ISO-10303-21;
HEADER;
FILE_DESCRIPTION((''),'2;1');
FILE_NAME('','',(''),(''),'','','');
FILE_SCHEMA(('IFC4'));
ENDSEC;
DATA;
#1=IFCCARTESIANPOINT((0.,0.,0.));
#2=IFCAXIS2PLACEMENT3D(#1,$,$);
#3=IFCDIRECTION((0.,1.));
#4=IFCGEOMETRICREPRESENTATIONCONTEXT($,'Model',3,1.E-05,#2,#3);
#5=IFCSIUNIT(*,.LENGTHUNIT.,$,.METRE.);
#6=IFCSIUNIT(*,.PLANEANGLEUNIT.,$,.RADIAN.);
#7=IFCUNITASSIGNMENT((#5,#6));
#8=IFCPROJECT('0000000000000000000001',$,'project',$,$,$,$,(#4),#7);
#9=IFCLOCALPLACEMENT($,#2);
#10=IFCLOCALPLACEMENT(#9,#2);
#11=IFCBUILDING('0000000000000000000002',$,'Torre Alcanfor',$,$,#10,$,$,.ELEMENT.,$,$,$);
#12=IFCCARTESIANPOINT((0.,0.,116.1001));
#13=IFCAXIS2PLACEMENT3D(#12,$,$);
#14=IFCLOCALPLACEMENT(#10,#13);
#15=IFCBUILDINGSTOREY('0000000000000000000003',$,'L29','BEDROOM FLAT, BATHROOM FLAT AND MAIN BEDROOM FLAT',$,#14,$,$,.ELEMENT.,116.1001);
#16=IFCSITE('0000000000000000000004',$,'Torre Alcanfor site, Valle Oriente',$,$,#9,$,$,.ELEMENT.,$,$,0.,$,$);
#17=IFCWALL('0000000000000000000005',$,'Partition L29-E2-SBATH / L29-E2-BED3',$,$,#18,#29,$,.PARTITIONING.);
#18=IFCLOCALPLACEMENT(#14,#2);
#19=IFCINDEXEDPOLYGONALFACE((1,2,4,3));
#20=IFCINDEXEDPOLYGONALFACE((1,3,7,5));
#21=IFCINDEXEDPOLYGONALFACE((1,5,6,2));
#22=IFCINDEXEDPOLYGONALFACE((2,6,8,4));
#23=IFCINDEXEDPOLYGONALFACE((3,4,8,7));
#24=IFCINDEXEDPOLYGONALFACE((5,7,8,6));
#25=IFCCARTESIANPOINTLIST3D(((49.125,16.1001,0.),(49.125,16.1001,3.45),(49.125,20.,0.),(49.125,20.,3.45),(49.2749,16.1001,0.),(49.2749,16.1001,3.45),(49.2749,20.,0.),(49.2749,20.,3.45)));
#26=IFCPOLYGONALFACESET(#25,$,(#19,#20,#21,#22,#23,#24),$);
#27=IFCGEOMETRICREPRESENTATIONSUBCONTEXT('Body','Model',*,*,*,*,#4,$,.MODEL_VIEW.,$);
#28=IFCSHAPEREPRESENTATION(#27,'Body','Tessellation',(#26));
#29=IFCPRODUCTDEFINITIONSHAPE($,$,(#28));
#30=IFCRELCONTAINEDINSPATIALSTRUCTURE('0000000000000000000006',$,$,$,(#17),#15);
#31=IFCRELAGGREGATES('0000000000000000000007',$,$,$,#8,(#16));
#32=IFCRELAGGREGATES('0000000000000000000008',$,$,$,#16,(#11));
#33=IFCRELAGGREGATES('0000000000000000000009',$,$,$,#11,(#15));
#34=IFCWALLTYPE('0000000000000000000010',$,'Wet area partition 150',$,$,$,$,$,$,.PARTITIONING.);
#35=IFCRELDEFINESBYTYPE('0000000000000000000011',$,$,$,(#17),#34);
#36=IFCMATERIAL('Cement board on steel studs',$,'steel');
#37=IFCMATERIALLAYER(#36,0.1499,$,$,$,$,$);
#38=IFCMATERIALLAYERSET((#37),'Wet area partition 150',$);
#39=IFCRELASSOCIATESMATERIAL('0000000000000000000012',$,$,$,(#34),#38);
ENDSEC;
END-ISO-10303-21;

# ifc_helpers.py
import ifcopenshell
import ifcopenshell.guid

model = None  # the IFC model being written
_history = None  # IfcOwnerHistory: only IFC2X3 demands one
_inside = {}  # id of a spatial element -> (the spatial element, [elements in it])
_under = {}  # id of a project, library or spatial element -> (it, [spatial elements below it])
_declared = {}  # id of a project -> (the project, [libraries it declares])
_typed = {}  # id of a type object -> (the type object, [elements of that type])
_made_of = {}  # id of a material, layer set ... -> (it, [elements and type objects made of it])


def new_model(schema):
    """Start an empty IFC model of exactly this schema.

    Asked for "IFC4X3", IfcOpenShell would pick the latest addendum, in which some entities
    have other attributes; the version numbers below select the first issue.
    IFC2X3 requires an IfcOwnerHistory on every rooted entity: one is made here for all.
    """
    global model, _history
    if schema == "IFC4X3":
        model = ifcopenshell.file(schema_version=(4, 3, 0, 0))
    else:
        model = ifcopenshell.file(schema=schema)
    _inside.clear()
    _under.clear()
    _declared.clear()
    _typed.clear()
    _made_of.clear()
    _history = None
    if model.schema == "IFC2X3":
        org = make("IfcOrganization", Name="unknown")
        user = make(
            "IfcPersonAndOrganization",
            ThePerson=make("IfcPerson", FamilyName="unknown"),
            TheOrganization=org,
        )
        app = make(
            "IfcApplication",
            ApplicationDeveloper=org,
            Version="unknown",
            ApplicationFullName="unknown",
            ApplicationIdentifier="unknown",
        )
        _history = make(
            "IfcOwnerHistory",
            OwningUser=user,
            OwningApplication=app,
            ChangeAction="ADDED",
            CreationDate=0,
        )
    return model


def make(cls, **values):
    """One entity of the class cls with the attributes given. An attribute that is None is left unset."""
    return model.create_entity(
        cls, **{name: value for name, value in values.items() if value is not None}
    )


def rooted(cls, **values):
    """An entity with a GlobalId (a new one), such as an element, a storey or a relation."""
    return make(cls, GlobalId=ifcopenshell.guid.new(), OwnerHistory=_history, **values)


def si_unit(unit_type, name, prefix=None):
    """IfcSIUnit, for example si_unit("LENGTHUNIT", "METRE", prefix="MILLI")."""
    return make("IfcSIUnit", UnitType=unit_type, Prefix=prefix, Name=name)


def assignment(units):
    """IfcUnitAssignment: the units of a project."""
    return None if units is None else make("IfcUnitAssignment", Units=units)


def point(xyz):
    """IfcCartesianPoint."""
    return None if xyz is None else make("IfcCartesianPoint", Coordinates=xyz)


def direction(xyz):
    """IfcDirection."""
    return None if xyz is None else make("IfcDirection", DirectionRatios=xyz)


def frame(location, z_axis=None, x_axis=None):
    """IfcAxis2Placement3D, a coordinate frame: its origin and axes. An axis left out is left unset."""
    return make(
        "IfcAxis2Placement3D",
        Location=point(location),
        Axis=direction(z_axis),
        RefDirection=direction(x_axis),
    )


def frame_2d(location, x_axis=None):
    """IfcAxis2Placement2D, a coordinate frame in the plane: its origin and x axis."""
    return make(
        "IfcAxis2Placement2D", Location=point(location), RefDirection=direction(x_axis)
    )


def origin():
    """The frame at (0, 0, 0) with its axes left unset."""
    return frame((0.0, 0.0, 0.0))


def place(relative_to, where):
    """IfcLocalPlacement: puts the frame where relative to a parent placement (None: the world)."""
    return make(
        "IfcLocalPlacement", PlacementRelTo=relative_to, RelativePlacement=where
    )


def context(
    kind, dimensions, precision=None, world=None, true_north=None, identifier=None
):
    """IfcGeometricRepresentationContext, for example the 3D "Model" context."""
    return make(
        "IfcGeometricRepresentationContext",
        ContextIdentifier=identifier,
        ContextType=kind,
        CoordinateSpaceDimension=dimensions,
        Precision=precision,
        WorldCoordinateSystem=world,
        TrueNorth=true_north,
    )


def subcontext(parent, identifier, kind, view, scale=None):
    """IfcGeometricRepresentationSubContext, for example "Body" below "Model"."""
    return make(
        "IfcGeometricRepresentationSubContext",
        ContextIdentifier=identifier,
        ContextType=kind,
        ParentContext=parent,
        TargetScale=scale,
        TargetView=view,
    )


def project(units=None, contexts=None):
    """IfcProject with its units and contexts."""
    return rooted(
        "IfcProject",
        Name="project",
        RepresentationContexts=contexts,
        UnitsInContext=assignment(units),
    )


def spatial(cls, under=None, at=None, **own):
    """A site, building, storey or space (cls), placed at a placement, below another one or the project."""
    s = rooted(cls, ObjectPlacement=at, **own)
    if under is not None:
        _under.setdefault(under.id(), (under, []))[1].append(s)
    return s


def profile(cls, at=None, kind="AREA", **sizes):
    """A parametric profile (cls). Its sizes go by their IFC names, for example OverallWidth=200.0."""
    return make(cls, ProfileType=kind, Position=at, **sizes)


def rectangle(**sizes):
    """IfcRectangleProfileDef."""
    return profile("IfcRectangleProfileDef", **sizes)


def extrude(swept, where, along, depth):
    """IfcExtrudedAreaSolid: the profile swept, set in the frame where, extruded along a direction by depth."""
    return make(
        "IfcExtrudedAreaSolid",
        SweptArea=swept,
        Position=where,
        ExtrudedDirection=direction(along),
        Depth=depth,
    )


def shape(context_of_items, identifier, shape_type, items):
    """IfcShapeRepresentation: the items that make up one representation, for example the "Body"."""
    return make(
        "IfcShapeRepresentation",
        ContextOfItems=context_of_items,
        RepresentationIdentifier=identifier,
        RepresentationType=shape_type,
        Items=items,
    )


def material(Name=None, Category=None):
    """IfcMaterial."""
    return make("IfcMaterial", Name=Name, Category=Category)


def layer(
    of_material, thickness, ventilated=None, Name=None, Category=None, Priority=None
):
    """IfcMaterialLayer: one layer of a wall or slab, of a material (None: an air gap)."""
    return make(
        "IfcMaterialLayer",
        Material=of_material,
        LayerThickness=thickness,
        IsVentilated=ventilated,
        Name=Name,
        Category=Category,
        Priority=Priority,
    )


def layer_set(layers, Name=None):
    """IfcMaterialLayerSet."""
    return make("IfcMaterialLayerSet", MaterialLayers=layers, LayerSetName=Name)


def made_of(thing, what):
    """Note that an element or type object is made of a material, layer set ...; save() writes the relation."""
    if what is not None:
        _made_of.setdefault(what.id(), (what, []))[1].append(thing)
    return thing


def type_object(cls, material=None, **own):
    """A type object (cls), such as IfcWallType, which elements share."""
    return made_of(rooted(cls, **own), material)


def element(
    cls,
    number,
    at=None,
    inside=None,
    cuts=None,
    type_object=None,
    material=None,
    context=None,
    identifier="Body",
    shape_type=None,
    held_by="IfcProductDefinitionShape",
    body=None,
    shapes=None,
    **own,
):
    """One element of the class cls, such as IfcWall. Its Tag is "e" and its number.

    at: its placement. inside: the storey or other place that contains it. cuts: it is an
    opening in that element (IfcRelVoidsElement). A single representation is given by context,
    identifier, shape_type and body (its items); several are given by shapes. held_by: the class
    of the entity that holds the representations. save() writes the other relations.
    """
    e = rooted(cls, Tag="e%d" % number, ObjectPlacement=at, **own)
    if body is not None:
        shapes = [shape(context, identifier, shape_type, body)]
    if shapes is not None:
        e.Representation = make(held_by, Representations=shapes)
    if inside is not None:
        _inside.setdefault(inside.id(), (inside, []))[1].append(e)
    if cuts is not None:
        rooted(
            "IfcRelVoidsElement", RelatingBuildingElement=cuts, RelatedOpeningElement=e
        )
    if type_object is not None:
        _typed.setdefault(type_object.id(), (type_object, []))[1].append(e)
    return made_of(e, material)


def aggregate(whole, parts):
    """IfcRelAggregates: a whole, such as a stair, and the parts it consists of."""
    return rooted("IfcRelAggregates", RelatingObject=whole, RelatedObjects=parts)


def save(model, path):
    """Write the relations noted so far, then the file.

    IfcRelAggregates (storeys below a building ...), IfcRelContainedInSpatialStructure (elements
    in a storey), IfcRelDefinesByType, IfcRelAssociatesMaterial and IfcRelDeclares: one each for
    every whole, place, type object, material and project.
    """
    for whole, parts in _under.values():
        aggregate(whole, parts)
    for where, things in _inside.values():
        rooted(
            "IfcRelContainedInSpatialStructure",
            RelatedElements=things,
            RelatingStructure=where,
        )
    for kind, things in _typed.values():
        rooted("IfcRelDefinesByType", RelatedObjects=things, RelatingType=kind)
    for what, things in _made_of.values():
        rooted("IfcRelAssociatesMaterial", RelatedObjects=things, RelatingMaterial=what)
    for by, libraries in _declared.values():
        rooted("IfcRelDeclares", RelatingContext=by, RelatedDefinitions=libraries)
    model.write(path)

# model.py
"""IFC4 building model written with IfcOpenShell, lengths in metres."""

from ifc_helpers import new_model, si_unit, direction, frame, frame_2d, origin, place, context, subcontext, project, spatial, rectangle, extrude, material, layer, layer_set, type_object, element, save


model = new_model("IFC4")

# Units and contexts
model_context = context("Model", 3, precision=1e-05, world=origin(), true_north=direction((0.0, 1.0)))
body_context = subcontext(model_context, "Body", "Model", "MODEL_VIEW")
ifc_project = project(units=[si_unit("LENGTHUNIT", "METRE"), si_unit("PLANEANGLEUNIT", "RADIAN")], contexts=[model_context])

# Site, building, storey
site_placement = place(None, origin())
site = spatial("IfcSite", under=ifc_project, at=site_placement, Name="Torre Alcanfor site, Valle Oriente", CompositionType="ELEMENT", RefElevation=0.0)
building_placement = place(site_placement, origin())
building = spatial("IfcBuilding", under=site, at=building_placement, Name="Torre Alcanfor", CompositionType="ELEMENT")
storey_placement = place(building_placement, frame((0.0, 0.0, 116.1001)))
storey = spatial("IfcBuildingStorey", under=building, at=storey_placement, Name="L29", Description="BEDROOM FLAT, BATHROOM FLAT AND MAIN BEDROOM FLAT", CompositionType="ELEMENT", Elevation=116.1001)

# Shared definitions
ifc_material_1 = material(Name="Cement board on steel studs", Category="steel")
ifc_layer_1 = layer(ifc_material_1, 0.1499)
ifc_layer_set_1 = layer_set([ifc_layer_1], Name="Wet area partition 150")
wall_type_1 = type_object("IfcWallType", Name="Wet area partition 150", PredefinedType="PARTITIONING", material=ifc_layer_set_1)

# Wall
wall_1_placement = place(storey_placement, frame((49.2, 20.0, 0.0), z_axis=(0.0, 0.0, 1.0), x_axis=(0.0, -1.0, 0.0)))
element("IfcWall", 1, at=wall_1_placement, inside=storey, type_object=wall_type_1, Name="Partition L29-E2-SBATH / L29-E2-BED3", PredefinedType="PARTITIONING", context=body_context, shape_type="SweptSolid", body=[
    extrude(rectangle(XDim=3.8999, YDim=0.1499, at=frame_2d((1.95, 0.0))), origin(), (0.0, 0.0, 1.0), 3.45),
])

save(model, "model.ifc")
